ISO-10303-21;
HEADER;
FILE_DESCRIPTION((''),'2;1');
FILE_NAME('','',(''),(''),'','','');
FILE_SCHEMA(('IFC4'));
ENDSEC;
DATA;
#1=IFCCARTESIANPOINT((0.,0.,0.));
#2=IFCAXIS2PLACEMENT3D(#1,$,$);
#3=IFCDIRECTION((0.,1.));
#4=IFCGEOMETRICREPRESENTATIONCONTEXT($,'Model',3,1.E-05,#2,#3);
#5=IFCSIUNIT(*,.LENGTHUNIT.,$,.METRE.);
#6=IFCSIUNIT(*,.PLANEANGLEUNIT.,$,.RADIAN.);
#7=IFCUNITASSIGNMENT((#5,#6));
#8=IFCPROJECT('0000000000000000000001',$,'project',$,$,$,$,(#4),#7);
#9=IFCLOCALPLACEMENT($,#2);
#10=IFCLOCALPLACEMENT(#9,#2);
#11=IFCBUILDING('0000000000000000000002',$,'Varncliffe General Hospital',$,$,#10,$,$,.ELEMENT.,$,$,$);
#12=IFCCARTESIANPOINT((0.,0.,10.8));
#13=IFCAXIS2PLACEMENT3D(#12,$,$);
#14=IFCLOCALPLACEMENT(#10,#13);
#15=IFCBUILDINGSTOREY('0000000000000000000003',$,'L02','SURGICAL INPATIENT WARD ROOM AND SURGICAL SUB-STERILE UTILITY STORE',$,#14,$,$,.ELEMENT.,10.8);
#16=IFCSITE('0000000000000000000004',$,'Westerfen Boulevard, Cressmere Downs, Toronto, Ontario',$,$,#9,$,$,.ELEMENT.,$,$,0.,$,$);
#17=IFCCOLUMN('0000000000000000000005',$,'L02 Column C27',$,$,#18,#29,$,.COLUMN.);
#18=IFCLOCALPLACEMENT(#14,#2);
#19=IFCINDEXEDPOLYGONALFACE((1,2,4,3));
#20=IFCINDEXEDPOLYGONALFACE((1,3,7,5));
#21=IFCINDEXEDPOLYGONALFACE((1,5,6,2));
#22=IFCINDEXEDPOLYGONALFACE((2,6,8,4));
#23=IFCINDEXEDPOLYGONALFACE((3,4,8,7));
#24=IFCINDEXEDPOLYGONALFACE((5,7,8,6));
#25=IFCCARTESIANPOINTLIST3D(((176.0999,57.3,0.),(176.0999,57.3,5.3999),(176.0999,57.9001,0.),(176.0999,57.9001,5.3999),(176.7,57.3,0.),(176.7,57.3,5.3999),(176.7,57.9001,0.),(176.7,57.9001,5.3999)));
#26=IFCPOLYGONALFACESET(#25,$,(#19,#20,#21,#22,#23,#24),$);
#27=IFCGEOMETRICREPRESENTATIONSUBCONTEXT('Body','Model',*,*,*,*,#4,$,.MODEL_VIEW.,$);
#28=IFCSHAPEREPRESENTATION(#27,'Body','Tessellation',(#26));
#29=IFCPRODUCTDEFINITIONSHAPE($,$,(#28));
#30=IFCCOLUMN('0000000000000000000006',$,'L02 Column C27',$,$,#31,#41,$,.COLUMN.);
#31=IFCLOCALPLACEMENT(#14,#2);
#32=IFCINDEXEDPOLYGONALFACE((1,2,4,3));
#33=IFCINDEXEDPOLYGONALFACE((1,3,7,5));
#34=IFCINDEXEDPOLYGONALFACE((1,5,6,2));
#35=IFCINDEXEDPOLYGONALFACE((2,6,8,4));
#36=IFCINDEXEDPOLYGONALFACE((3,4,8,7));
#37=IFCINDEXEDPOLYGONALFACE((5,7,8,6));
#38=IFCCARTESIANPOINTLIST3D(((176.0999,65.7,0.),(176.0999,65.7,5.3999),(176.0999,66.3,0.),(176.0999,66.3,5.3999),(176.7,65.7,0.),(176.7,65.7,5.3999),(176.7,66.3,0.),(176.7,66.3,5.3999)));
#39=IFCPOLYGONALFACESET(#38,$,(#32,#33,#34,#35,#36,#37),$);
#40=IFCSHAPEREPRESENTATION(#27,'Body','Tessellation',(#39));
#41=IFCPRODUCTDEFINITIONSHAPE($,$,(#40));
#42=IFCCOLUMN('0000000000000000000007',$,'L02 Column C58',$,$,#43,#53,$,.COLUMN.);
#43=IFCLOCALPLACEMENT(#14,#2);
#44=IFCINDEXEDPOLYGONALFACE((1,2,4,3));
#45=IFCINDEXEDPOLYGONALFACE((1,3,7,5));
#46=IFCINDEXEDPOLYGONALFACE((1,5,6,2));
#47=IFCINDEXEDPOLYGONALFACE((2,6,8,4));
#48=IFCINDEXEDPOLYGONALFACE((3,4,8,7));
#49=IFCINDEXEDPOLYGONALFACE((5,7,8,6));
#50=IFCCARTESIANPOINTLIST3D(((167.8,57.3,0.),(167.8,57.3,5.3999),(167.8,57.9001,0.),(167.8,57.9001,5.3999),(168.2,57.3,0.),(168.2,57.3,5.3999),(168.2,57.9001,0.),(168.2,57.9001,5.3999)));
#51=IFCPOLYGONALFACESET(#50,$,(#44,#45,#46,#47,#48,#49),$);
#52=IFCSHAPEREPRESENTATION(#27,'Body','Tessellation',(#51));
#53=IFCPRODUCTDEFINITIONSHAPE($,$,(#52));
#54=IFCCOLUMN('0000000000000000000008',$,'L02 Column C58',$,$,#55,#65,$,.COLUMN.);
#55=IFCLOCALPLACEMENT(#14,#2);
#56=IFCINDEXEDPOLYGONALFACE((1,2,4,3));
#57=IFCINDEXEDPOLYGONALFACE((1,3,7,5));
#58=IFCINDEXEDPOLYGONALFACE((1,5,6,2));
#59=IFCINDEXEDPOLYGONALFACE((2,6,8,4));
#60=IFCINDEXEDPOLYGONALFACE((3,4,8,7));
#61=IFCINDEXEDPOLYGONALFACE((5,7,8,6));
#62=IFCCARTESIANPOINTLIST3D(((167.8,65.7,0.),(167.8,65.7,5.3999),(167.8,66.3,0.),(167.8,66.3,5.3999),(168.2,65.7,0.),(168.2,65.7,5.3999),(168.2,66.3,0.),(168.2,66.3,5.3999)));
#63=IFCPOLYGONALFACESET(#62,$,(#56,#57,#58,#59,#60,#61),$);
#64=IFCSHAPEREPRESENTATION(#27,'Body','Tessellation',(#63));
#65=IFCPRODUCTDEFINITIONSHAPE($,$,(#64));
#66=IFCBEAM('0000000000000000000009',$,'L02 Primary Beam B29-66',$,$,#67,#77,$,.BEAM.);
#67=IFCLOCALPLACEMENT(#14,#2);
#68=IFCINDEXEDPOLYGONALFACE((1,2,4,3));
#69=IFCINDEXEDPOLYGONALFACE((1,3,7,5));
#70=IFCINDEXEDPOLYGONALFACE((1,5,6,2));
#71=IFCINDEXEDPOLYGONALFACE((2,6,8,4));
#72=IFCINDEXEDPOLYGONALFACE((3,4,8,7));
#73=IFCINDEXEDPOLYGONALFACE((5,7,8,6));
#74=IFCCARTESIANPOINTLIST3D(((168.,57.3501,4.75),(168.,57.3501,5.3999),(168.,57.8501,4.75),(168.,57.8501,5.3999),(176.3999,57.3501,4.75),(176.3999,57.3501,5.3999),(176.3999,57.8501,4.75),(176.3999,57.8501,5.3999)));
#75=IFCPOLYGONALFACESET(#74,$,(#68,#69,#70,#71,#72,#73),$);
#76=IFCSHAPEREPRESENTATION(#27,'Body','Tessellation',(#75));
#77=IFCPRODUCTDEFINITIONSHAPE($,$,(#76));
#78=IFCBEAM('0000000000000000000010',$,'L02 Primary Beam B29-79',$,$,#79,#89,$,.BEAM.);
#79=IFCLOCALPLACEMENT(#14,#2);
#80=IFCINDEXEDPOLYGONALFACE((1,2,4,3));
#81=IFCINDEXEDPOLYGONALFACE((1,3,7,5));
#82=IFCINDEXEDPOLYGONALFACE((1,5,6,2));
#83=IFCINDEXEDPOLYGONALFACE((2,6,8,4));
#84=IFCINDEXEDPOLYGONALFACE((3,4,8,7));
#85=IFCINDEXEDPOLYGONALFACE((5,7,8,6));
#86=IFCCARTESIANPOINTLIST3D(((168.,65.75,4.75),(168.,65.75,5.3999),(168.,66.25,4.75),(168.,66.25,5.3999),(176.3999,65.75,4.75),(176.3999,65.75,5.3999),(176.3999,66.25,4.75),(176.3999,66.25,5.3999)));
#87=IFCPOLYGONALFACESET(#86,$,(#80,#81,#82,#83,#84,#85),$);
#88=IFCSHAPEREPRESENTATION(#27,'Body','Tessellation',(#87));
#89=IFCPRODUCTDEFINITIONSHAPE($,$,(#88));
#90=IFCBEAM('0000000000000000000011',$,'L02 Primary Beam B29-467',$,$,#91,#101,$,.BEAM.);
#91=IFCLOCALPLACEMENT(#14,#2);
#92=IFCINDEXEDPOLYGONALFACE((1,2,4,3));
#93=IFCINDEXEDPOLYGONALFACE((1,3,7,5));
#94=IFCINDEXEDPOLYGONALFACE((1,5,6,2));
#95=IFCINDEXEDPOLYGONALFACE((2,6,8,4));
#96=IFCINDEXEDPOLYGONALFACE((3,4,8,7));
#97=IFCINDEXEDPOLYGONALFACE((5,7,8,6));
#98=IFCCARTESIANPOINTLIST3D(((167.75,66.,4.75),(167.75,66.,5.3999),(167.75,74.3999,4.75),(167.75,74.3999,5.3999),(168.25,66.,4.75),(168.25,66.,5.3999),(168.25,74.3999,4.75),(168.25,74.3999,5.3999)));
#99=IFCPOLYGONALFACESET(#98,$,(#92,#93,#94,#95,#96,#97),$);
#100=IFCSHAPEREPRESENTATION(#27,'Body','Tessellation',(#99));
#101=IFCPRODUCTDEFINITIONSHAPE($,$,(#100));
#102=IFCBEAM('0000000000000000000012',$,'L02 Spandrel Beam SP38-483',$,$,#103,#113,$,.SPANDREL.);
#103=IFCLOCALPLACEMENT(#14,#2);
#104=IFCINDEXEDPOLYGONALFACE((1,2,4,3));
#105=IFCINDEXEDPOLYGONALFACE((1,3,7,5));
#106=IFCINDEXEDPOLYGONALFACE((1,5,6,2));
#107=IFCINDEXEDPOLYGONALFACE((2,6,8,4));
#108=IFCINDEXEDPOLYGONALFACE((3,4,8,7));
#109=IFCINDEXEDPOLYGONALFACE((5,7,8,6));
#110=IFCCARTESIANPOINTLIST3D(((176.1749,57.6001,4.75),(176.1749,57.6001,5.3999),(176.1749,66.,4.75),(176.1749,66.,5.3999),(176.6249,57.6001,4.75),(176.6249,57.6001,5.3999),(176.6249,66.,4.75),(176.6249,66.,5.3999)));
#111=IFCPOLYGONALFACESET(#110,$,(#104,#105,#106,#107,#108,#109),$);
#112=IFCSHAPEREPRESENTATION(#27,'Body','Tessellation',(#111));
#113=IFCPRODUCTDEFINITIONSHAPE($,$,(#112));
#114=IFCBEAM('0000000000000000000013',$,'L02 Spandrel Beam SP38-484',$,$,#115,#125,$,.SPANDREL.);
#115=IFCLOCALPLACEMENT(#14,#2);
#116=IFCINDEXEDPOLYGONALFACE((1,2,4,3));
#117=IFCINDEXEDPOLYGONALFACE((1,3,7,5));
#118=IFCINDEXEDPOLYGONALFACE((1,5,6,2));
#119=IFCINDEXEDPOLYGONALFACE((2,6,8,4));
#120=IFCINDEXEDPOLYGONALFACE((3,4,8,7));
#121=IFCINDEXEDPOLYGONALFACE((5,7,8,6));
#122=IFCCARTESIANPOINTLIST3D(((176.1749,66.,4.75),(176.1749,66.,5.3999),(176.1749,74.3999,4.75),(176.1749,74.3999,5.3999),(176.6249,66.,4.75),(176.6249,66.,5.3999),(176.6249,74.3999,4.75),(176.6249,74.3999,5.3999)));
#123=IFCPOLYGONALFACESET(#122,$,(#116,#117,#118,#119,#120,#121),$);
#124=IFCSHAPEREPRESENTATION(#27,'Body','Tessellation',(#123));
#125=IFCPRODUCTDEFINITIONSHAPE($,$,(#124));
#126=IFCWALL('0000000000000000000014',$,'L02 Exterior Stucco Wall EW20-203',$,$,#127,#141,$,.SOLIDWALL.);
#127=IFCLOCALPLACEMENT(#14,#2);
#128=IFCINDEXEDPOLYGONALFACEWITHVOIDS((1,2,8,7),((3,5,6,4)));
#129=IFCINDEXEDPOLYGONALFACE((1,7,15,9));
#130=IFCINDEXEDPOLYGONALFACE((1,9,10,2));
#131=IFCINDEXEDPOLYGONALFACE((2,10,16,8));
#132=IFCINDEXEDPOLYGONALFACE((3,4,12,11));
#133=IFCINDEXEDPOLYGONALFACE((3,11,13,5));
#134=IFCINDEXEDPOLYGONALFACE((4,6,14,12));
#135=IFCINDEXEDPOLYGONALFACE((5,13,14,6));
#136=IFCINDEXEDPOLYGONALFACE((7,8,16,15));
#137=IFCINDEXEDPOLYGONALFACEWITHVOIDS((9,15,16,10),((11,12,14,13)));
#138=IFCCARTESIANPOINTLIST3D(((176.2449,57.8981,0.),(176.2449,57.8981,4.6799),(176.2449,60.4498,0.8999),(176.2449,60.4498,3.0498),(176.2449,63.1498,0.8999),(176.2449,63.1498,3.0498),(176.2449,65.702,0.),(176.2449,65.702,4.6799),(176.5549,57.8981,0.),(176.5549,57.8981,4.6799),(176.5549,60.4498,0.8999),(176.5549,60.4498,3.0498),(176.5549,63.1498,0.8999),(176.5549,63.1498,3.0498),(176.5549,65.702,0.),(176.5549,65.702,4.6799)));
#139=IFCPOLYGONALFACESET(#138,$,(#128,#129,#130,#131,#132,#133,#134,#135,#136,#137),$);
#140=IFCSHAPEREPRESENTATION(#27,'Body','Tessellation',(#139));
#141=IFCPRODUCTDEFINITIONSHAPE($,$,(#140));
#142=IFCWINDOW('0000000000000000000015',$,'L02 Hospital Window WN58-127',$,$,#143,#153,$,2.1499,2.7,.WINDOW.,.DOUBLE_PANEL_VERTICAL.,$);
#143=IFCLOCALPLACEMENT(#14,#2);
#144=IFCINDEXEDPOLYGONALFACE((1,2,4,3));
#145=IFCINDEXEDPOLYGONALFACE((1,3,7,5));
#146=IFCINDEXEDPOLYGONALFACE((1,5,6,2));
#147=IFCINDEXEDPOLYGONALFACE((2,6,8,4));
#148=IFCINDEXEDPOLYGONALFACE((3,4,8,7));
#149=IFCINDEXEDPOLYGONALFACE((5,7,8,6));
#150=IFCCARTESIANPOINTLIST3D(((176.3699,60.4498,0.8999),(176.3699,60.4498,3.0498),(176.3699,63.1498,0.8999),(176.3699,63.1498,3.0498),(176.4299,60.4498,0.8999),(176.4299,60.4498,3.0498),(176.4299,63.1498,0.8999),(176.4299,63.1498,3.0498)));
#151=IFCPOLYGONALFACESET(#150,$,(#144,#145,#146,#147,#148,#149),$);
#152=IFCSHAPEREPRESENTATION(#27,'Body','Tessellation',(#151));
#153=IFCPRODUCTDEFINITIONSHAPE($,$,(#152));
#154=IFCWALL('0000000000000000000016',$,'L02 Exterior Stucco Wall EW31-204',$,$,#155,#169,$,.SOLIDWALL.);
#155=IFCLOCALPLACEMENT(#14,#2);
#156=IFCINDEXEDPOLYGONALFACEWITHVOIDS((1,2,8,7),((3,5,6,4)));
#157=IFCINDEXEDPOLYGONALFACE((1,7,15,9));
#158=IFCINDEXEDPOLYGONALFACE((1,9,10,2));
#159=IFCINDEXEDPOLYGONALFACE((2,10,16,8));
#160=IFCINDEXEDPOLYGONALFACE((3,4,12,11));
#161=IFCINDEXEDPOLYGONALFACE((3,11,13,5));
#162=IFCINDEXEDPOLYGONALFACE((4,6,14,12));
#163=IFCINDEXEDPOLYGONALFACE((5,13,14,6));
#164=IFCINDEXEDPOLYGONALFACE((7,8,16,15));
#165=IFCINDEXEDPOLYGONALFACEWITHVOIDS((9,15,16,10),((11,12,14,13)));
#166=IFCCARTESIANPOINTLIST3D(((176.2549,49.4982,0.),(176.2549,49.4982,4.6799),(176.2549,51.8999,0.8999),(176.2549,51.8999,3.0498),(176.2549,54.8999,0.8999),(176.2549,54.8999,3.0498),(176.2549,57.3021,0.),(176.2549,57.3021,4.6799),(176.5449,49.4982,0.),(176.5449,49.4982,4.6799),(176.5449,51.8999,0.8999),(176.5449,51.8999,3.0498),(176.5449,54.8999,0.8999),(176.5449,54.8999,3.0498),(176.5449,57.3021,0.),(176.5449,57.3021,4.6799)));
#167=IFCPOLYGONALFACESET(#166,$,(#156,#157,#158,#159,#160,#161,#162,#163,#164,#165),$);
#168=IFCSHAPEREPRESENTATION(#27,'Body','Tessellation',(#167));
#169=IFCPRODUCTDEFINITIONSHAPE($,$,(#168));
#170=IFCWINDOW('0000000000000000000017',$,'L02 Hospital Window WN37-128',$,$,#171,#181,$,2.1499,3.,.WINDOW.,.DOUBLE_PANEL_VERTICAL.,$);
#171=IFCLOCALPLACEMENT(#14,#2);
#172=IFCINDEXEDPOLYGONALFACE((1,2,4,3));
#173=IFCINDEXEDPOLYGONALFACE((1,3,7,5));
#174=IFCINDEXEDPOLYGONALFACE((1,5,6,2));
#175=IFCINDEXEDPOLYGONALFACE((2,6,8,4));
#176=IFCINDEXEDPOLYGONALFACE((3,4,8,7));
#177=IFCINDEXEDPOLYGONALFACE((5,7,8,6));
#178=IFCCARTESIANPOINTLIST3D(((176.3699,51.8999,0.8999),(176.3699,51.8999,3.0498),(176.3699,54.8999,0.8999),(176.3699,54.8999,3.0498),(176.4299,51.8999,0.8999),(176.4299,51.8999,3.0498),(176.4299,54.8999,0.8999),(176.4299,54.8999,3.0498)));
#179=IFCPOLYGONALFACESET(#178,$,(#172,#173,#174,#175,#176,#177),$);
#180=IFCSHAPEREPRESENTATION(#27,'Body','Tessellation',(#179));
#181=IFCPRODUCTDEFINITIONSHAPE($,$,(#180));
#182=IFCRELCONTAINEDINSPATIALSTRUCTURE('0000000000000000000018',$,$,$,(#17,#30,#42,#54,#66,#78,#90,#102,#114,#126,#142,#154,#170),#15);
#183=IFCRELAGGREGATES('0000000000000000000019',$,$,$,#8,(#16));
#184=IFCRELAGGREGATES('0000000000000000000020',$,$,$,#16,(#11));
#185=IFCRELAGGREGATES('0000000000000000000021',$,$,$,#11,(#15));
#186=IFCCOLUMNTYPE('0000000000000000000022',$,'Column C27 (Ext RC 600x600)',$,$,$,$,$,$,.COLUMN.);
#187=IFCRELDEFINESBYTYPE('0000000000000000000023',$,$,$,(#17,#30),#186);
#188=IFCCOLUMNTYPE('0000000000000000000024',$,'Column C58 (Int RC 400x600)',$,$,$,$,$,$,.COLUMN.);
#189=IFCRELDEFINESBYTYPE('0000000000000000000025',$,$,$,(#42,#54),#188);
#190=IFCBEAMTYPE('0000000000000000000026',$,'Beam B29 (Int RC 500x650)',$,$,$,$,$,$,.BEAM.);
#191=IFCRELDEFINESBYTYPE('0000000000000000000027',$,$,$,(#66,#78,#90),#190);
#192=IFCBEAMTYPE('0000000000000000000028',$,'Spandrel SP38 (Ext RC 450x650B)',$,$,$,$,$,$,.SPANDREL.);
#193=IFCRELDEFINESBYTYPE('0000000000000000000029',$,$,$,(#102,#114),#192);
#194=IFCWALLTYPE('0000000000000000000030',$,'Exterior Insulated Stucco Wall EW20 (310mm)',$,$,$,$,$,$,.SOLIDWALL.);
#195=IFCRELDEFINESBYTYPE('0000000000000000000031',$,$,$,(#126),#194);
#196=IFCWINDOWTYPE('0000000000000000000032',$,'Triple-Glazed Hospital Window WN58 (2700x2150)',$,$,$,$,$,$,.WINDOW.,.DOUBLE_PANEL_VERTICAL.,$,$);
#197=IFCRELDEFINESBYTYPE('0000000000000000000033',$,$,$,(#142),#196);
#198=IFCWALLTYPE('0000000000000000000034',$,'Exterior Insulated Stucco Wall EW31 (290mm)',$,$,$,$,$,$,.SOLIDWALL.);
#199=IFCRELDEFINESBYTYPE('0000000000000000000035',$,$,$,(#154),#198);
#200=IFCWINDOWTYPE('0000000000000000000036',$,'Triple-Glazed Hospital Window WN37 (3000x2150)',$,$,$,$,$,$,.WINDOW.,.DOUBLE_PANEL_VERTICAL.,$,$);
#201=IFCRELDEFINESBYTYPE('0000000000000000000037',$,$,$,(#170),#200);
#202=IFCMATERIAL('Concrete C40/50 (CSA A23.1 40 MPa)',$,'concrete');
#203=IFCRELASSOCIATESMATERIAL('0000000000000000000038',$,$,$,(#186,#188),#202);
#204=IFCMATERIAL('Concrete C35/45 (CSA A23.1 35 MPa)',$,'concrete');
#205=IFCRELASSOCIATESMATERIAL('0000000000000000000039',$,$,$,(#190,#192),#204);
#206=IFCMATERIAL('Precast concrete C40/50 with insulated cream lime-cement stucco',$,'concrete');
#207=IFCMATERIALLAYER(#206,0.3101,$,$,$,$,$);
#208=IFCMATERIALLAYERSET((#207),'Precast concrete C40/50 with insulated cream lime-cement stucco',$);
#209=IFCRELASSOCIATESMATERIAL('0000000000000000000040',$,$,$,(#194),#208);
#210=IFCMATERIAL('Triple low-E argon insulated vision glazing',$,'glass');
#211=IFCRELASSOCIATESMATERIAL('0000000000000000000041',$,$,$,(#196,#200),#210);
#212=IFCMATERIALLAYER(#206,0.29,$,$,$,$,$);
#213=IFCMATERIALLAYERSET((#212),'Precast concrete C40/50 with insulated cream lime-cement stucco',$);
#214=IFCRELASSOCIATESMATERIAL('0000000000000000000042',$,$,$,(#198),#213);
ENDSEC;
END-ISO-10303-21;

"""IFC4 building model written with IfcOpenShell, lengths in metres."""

from ifc_helpers import new_model, si_unit, direction, frame, frame_2d, origin, origin_2d, place, context, subcontext, project, spatial, rectangle, extrude, material, layer, layer_set, material_profile, profile_set, type_object, element, fill, save


model = new_model("IFC4")

# Units and contexts
model_context = context("Model", 3, precision=1e-05, world=origin(), true_north=direction((0.0, 1.0)))
body_context = subcontext(model_context, "Body", "Model", "MODEL_VIEW")
ifc_project = project(units=[si_unit("LENGTHUNIT", "METRE"), si_unit("PLANEANGLEUNIT", "RADIAN")], contexts=[model_context])

# Site, building, storey
site_placement = place(None, origin())
site = spatial("IfcSite", under=ifc_project, at=site_placement, Name="Westerfen Boulevard, Cressmere Downs, Toronto, Ontario", CompositionType="ELEMENT", RefElevation=0.0)
building_placement = place(site_placement, origin())
building = spatial("IfcBuilding", under=site, at=building_placement, Name="Varncliffe General Hospital", CompositionType="ELEMENT")
storey_placement = place(building_placement, frame((0.0, 0.0, 10.8)))
storey = spatial("IfcBuildingStorey", under=building, at=storey_placement, Name="L02", Description="SURGICAL INPATIENT WARD ROOM AND SURGICAL SUB-STERILE UTILITY STORE", CompositionType="ELEMENT", Elevation=10.8)

# Columns
ifc_material_1 = material(Name="Concrete C40/50 (CSA A23.1 40 MPa)", Category="concrete")
ifc_material_profile_1 = material_profile(ifc_material_1, rectangle(XDim=0.6001, YDim=0.6001, at=origin_2d()), Name="RC 600x600")
ifc_profile_set_1 = profile_set([ifc_material_profile_1], Name="Concrete C40/50 (CSA A23.1 40 MPa)")
column_type_1 = type_object("IfcColumnType", Name="Column C27 (Ext RC 600x600)", PredefinedType="COLUMN", material=ifc_profile_set_1)
for number, where, z_axis, x_axis, name in (
    (1, (176.3999, 57.6001, 0.0), (0.0, 0.0, 1.0), (1.0, 0.0, 0.0), "L02 Column C27"),
    (2, (176.3999, 66.0, 0.0), (0.0, 0.0, 1.0), (1.0, 0.0, 0.0), "L02 Column C27"),
):
    element("IfcColumn", number, at=place(storey_placement, frame(where, z_axis=z_axis, x_axis=x_axis)), inside=storey, type_object=column_type_1, Name=name, PredefinedType="COLUMN", context=body_context, shape_type="SweptSolid", body=[
        extrude(rectangle(XDim=0.6001, YDim=0.6001, at=origin_2d()), origin(), (0.0, 0.0, 1.0), 5.3999),
    ])
ifc_material_profile_2 = material_profile(ifc_material_1, rectangle(XDim=0.3999, YDim=0.6001, at=origin_2d()), Name="RC 400x600")
ifc_profile_set_2 = profile_set([ifc_material_profile_2], Name="Concrete C40/50 (CSA A23.1 40 MPa)")
column_type_2 = type_object("IfcColumnType", Name="Column C58 (Int RC 400x600)", PredefinedType="COLUMN", material=ifc_profile_set_2)
for number, where, z_axis, x_axis, name in (
    (3, (168.0, 57.6001, 0.0), (0.0, 0.0, 1.0), (1.0, 0.0, 0.0), "L02 Column C58"),
    (4, (168.0, 66.0, 0.0), (0.0, 0.0, 1.0), (1.0, 0.0, 0.0), "L02 Column C58"),
):
    element("IfcColumn", number, at=place(storey_placement, frame(where, z_axis=z_axis, x_axis=x_axis)), inside=storey, type_object=column_type_2, Name=name, PredefinedType="COLUMN", context=body_context, shape_type="SweptSolid", body=[
        extrude(rectangle(XDim=0.3999, YDim=0.6001, at=origin_2d()), origin(), (0.0, 0.0, 1.0), 5.3999),
    ])

# Beams
ifc_material_2 = material(Name="Concrete C35/45 (CSA A23.1 35 MPa)", Category="concrete")
ifc_material_profile_3 = material_profile(ifc_material_2, rectangle(XDim=0.5, YDim=0.6499, at=origin_2d()), Name="RC 500x650")
ifc_profile_set_3 = profile_set([ifc_material_profile_3], Name="Concrete C35/45 (CSA A23.1 35 MPa)")
beam_type_1 = type_object("IfcBeamType", Name="Beam B29 (Int RC 500x650)", PredefinedType="BEAM", material=ifc_profile_set_3)
for number, where, z_axis, x_axis, name in (
    (5, (168.0, 57.6001, 5.075), (1.0, 0.0, 0.0), (0.0, 1.0, 0.0), "L02 Primary Beam B29-66"),
    (6, (168.0, 66.0, 5.075), (1.0, 0.0, 0.0), (0.0, 1.0, 0.0), "L02 Primary Beam B29-79"),
    (7, (168.0, 66.0, 5.075), (0.0, 1.0, 0.0), (-1.0, 0.0, 0.0), "L02 Primary Beam B29-467"),
):
    element("IfcBeam", number, at=place(storey_placement, frame(where, z_axis=z_axis, x_axis=x_axis)), inside=storey, type_object=beam_type_1, Name=name, PredefinedType="BEAM", context=body_context, shape_type="SweptSolid", body=[
        extrude(rectangle(XDim=0.5, YDim=0.6499, at=origin_2d()), origin(), (0.0, 0.0, 1.0), 8.3999),
    ])
ifc_material_profile_4 = material_profile(ifc_material_2, rectangle(XDim=0.45, YDim=0.6499, at=origin_2d()), Name="RC 450x650")
ifc_profile_set_4 = profile_set([ifc_material_profile_4], Name="Concrete C35/45 (CSA A23.1 35 MPa)")
beam_type_2 = type_object("IfcBeamType", Name="Spandrel SP38 (Ext RC 450x650B)", PredefinedType="SPANDREL", material=ifc_profile_set_4)
for number, where, z_axis, x_axis, name in (
    (8, (176.3999, 57.6001, 5.075), (0.0, 1.0, 0.0), (-1.0, 0.0, 0.0), "L02 Spandrel Beam SP38-483"),
    (9, (176.3999, 66.0, 5.075), (0.0, 1.0, 0.0), (-1.0, 0.0, 0.0), "L02 Spandrel Beam SP38-484"),
):
    element("IfcBeam", number, at=place(storey_placement, frame(where, z_axis=z_axis, x_axis=x_axis)), inside=storey, type_object=beam_type_2, Name=name, PredefinedType="SPANDREL", context=body_context, shape_type="SweptSolid", body=[
        extrude(rectangle(XDim=0.45, YDim=0.6499, at=origin_2d()), origin(), (0.0, 0.0, 1.0), 8.3999),
    ])

# Walls, openings, windows
ifc_material_3 = material(Name="Precast concrete C40/50 with insulated cream lime-cement stucco", Category="concrete")
ifc_layer_1 = layer(ifc_material_3, 0.3101)
ifc_layer_set_1 = layer_set([ifc_layer_1], Name="Precast concrete C40/50 with insulated cream lime-cement stucco")
wall_type_1 = type_object("IfcWallType", Name="Exterior Insulated Stucco Wall EW20 (310mm)", PredefinedType="SOLIDWALL", material=ifc_layer_set_1)
wall_1_placement = place(storey_placement, frame((176.3999, 65.7019, 0.0), z_axis=(0.0, 0.0, 1.0), x_axis=(0.0, -1.0, 0.0)))
wall_1 = element("IfcWall", 10, at=wall_1_placement, inside=storey, type_object=wall_type_1, Name="L02 Exterior Stucco Wall EW20-203", PredefinedType="SOLIDWALL", context=body_context, shape_type="SweptSolid", body=[
    extrude(rectangle(XDim=7.804, YDim=0.3101, at=frame_2d((3.9019, 0.0))), origin(), (0.0, 0.0, 1.0), 4.6799),
])
opening_1_placement = place(wall_1_placement, frame((2.552, 0.0, 0.8999)))
opening_1 = element("IfcOpeningElement", 11, at=opening_1_placement, cuts=wall_1, PredefinedType="OPENING", context=body_context, shape_type="SweptSolid", body=[
    extrude(rectangle(XDim=2.7, YDim=2.1499, at=frame_2d((1.3501, 1.075))), frame((0.0, 0.165, 0.0), z_axis=(0.0, -1.0, 0.0), x_axis=(1.0, 0.0, 0.0)), (0.0, 0.0, 1.0), 0.3301),
])
ifc_material_4 = material(Name="Triple low-E argon insulated vision glazing", Category="glass")
window_type_1 = type_object("IfcWindowType", Name="Triple-Glazed Hospital Window WN58 (2700x2150)", PartitioningType="DOUBLE_PANEL_VERTICAL", PredefinedType="WINDOW", material=ifc_material_4)
window_1_placement = place(opening_1_placement, origin())
window_1 = element("IfcWindow", 12, at=window_1_placement, inside=storey, type_object=window_type_1, Name="L02 Hospital Window WN58-127", OverallHeight=2.1499, OverallWidth=2.7, PartitioningType="DOUBLE_PANEL_VERTICAL", PredefinedType="WINDOW", context=body_context, shape_type="SweptSolid", body=[
    extrude(rectangle(XDim=2.7, YDim=2.1499, at=frame_2d((1.3501, 1.075))), frame((0.0, 0.03, 0.0), z_axis=(0.0, -1.0, 0.0), x_axis=(1.0, 0.0, 0.0)), (0.0, 0.0, 1.0), 0.0601),
])
fill(opening_1, window_1)
ifc_layer_2 = layer(ifc_material_3, 0.29)
ifc_layer_set_2 = layer_set([ifc_layer_2], Name="Precast concrete C40/50 with insulated cream lime-cement stucco")
wall_type_2 = type_object("IfcWallType", Name="Exterior Insulated Stucco Wall EW31 (290mm)", PredefinedType="SOLIDWALL", material=ifc_layer_set_2)
wall_2_placement = place(storey_placement, frame((176.3999, 57.302, 0.0), z_axis=(0.0, 0.0, 1.0), x_axis=(0.0, -1.0, 0.0)))
wall_2 = element("IfcWall", 13, at=wall_2_placement, inside=storey, type_object=wall_type_2, Name="L02 Exterior Stucco Wall EW31-204", PredefinedType="SOLIDWALL", context=body_context, shape_type="SweptSolid", body=[
    extrude(rectangle(XDim=7.804, YDim=0.29, at=frame_2d((3.9019, 0.0))), origin(), (0.0, 0.0, 1.0), 4.6799),
])
opening_2_placement = place(wall_2_placement, frame((2.4021, 0.0, 0.8999)))
opening_2 = element("IfcOpeningElement", 14, at=opening_2_placement, cuts=wall_2, PredefinedType="OPENING", context=body_context, shape_type="SweptSolid", body=[
    extrude(rectangle(XDim=3.0, YDim=2.1499, at=frame_2d((1.5, 1.075))), frame((0.0, 0.155, 0.0), z_axis=(0.0, -1.0, 0.0), x_axis=(1.0, 0.0, 0.0)), (0.0, 0.0, 1.0), 0.3101),
])
window_type_2 = type_object("IfcWindowType", Name="Triple-Glazed Hospital Window WN37 (3000x2150)", PartitioningType="DOUBLE_PANEL_VERTICAL", PredefinedType="WINDOW", material=ifc_material_4)
window_2_placement = place(opening_2_placement, origin())
window_2 = element("IfcWindow", 15, at=window_2_placement, inside=storey, type_object=window_type_2, Name="L02 Hospital Window WN37-128", OverallHeight=2.1499, OverallWidth=3.0, PartitioningType="DOUBLE_PANEL_VERTICAL", PredefinedType="WINDOW", context=body_context, shape_type="SweptSolid", body=[
    extrude(rectangle(XDim=3.0, YDim=2.1499, at=frame_2d((1.5, 1.075))), frame((0.0, 0.03, 0.0), z_axis=(0.0, -1.0, 0.0), x_axis=(1.0, 0.0, 0.0)), (0.0, 0.0, 1.0), 0.0601),
])
fill(opening_2, window_2)

save(model, "model.ifc")
